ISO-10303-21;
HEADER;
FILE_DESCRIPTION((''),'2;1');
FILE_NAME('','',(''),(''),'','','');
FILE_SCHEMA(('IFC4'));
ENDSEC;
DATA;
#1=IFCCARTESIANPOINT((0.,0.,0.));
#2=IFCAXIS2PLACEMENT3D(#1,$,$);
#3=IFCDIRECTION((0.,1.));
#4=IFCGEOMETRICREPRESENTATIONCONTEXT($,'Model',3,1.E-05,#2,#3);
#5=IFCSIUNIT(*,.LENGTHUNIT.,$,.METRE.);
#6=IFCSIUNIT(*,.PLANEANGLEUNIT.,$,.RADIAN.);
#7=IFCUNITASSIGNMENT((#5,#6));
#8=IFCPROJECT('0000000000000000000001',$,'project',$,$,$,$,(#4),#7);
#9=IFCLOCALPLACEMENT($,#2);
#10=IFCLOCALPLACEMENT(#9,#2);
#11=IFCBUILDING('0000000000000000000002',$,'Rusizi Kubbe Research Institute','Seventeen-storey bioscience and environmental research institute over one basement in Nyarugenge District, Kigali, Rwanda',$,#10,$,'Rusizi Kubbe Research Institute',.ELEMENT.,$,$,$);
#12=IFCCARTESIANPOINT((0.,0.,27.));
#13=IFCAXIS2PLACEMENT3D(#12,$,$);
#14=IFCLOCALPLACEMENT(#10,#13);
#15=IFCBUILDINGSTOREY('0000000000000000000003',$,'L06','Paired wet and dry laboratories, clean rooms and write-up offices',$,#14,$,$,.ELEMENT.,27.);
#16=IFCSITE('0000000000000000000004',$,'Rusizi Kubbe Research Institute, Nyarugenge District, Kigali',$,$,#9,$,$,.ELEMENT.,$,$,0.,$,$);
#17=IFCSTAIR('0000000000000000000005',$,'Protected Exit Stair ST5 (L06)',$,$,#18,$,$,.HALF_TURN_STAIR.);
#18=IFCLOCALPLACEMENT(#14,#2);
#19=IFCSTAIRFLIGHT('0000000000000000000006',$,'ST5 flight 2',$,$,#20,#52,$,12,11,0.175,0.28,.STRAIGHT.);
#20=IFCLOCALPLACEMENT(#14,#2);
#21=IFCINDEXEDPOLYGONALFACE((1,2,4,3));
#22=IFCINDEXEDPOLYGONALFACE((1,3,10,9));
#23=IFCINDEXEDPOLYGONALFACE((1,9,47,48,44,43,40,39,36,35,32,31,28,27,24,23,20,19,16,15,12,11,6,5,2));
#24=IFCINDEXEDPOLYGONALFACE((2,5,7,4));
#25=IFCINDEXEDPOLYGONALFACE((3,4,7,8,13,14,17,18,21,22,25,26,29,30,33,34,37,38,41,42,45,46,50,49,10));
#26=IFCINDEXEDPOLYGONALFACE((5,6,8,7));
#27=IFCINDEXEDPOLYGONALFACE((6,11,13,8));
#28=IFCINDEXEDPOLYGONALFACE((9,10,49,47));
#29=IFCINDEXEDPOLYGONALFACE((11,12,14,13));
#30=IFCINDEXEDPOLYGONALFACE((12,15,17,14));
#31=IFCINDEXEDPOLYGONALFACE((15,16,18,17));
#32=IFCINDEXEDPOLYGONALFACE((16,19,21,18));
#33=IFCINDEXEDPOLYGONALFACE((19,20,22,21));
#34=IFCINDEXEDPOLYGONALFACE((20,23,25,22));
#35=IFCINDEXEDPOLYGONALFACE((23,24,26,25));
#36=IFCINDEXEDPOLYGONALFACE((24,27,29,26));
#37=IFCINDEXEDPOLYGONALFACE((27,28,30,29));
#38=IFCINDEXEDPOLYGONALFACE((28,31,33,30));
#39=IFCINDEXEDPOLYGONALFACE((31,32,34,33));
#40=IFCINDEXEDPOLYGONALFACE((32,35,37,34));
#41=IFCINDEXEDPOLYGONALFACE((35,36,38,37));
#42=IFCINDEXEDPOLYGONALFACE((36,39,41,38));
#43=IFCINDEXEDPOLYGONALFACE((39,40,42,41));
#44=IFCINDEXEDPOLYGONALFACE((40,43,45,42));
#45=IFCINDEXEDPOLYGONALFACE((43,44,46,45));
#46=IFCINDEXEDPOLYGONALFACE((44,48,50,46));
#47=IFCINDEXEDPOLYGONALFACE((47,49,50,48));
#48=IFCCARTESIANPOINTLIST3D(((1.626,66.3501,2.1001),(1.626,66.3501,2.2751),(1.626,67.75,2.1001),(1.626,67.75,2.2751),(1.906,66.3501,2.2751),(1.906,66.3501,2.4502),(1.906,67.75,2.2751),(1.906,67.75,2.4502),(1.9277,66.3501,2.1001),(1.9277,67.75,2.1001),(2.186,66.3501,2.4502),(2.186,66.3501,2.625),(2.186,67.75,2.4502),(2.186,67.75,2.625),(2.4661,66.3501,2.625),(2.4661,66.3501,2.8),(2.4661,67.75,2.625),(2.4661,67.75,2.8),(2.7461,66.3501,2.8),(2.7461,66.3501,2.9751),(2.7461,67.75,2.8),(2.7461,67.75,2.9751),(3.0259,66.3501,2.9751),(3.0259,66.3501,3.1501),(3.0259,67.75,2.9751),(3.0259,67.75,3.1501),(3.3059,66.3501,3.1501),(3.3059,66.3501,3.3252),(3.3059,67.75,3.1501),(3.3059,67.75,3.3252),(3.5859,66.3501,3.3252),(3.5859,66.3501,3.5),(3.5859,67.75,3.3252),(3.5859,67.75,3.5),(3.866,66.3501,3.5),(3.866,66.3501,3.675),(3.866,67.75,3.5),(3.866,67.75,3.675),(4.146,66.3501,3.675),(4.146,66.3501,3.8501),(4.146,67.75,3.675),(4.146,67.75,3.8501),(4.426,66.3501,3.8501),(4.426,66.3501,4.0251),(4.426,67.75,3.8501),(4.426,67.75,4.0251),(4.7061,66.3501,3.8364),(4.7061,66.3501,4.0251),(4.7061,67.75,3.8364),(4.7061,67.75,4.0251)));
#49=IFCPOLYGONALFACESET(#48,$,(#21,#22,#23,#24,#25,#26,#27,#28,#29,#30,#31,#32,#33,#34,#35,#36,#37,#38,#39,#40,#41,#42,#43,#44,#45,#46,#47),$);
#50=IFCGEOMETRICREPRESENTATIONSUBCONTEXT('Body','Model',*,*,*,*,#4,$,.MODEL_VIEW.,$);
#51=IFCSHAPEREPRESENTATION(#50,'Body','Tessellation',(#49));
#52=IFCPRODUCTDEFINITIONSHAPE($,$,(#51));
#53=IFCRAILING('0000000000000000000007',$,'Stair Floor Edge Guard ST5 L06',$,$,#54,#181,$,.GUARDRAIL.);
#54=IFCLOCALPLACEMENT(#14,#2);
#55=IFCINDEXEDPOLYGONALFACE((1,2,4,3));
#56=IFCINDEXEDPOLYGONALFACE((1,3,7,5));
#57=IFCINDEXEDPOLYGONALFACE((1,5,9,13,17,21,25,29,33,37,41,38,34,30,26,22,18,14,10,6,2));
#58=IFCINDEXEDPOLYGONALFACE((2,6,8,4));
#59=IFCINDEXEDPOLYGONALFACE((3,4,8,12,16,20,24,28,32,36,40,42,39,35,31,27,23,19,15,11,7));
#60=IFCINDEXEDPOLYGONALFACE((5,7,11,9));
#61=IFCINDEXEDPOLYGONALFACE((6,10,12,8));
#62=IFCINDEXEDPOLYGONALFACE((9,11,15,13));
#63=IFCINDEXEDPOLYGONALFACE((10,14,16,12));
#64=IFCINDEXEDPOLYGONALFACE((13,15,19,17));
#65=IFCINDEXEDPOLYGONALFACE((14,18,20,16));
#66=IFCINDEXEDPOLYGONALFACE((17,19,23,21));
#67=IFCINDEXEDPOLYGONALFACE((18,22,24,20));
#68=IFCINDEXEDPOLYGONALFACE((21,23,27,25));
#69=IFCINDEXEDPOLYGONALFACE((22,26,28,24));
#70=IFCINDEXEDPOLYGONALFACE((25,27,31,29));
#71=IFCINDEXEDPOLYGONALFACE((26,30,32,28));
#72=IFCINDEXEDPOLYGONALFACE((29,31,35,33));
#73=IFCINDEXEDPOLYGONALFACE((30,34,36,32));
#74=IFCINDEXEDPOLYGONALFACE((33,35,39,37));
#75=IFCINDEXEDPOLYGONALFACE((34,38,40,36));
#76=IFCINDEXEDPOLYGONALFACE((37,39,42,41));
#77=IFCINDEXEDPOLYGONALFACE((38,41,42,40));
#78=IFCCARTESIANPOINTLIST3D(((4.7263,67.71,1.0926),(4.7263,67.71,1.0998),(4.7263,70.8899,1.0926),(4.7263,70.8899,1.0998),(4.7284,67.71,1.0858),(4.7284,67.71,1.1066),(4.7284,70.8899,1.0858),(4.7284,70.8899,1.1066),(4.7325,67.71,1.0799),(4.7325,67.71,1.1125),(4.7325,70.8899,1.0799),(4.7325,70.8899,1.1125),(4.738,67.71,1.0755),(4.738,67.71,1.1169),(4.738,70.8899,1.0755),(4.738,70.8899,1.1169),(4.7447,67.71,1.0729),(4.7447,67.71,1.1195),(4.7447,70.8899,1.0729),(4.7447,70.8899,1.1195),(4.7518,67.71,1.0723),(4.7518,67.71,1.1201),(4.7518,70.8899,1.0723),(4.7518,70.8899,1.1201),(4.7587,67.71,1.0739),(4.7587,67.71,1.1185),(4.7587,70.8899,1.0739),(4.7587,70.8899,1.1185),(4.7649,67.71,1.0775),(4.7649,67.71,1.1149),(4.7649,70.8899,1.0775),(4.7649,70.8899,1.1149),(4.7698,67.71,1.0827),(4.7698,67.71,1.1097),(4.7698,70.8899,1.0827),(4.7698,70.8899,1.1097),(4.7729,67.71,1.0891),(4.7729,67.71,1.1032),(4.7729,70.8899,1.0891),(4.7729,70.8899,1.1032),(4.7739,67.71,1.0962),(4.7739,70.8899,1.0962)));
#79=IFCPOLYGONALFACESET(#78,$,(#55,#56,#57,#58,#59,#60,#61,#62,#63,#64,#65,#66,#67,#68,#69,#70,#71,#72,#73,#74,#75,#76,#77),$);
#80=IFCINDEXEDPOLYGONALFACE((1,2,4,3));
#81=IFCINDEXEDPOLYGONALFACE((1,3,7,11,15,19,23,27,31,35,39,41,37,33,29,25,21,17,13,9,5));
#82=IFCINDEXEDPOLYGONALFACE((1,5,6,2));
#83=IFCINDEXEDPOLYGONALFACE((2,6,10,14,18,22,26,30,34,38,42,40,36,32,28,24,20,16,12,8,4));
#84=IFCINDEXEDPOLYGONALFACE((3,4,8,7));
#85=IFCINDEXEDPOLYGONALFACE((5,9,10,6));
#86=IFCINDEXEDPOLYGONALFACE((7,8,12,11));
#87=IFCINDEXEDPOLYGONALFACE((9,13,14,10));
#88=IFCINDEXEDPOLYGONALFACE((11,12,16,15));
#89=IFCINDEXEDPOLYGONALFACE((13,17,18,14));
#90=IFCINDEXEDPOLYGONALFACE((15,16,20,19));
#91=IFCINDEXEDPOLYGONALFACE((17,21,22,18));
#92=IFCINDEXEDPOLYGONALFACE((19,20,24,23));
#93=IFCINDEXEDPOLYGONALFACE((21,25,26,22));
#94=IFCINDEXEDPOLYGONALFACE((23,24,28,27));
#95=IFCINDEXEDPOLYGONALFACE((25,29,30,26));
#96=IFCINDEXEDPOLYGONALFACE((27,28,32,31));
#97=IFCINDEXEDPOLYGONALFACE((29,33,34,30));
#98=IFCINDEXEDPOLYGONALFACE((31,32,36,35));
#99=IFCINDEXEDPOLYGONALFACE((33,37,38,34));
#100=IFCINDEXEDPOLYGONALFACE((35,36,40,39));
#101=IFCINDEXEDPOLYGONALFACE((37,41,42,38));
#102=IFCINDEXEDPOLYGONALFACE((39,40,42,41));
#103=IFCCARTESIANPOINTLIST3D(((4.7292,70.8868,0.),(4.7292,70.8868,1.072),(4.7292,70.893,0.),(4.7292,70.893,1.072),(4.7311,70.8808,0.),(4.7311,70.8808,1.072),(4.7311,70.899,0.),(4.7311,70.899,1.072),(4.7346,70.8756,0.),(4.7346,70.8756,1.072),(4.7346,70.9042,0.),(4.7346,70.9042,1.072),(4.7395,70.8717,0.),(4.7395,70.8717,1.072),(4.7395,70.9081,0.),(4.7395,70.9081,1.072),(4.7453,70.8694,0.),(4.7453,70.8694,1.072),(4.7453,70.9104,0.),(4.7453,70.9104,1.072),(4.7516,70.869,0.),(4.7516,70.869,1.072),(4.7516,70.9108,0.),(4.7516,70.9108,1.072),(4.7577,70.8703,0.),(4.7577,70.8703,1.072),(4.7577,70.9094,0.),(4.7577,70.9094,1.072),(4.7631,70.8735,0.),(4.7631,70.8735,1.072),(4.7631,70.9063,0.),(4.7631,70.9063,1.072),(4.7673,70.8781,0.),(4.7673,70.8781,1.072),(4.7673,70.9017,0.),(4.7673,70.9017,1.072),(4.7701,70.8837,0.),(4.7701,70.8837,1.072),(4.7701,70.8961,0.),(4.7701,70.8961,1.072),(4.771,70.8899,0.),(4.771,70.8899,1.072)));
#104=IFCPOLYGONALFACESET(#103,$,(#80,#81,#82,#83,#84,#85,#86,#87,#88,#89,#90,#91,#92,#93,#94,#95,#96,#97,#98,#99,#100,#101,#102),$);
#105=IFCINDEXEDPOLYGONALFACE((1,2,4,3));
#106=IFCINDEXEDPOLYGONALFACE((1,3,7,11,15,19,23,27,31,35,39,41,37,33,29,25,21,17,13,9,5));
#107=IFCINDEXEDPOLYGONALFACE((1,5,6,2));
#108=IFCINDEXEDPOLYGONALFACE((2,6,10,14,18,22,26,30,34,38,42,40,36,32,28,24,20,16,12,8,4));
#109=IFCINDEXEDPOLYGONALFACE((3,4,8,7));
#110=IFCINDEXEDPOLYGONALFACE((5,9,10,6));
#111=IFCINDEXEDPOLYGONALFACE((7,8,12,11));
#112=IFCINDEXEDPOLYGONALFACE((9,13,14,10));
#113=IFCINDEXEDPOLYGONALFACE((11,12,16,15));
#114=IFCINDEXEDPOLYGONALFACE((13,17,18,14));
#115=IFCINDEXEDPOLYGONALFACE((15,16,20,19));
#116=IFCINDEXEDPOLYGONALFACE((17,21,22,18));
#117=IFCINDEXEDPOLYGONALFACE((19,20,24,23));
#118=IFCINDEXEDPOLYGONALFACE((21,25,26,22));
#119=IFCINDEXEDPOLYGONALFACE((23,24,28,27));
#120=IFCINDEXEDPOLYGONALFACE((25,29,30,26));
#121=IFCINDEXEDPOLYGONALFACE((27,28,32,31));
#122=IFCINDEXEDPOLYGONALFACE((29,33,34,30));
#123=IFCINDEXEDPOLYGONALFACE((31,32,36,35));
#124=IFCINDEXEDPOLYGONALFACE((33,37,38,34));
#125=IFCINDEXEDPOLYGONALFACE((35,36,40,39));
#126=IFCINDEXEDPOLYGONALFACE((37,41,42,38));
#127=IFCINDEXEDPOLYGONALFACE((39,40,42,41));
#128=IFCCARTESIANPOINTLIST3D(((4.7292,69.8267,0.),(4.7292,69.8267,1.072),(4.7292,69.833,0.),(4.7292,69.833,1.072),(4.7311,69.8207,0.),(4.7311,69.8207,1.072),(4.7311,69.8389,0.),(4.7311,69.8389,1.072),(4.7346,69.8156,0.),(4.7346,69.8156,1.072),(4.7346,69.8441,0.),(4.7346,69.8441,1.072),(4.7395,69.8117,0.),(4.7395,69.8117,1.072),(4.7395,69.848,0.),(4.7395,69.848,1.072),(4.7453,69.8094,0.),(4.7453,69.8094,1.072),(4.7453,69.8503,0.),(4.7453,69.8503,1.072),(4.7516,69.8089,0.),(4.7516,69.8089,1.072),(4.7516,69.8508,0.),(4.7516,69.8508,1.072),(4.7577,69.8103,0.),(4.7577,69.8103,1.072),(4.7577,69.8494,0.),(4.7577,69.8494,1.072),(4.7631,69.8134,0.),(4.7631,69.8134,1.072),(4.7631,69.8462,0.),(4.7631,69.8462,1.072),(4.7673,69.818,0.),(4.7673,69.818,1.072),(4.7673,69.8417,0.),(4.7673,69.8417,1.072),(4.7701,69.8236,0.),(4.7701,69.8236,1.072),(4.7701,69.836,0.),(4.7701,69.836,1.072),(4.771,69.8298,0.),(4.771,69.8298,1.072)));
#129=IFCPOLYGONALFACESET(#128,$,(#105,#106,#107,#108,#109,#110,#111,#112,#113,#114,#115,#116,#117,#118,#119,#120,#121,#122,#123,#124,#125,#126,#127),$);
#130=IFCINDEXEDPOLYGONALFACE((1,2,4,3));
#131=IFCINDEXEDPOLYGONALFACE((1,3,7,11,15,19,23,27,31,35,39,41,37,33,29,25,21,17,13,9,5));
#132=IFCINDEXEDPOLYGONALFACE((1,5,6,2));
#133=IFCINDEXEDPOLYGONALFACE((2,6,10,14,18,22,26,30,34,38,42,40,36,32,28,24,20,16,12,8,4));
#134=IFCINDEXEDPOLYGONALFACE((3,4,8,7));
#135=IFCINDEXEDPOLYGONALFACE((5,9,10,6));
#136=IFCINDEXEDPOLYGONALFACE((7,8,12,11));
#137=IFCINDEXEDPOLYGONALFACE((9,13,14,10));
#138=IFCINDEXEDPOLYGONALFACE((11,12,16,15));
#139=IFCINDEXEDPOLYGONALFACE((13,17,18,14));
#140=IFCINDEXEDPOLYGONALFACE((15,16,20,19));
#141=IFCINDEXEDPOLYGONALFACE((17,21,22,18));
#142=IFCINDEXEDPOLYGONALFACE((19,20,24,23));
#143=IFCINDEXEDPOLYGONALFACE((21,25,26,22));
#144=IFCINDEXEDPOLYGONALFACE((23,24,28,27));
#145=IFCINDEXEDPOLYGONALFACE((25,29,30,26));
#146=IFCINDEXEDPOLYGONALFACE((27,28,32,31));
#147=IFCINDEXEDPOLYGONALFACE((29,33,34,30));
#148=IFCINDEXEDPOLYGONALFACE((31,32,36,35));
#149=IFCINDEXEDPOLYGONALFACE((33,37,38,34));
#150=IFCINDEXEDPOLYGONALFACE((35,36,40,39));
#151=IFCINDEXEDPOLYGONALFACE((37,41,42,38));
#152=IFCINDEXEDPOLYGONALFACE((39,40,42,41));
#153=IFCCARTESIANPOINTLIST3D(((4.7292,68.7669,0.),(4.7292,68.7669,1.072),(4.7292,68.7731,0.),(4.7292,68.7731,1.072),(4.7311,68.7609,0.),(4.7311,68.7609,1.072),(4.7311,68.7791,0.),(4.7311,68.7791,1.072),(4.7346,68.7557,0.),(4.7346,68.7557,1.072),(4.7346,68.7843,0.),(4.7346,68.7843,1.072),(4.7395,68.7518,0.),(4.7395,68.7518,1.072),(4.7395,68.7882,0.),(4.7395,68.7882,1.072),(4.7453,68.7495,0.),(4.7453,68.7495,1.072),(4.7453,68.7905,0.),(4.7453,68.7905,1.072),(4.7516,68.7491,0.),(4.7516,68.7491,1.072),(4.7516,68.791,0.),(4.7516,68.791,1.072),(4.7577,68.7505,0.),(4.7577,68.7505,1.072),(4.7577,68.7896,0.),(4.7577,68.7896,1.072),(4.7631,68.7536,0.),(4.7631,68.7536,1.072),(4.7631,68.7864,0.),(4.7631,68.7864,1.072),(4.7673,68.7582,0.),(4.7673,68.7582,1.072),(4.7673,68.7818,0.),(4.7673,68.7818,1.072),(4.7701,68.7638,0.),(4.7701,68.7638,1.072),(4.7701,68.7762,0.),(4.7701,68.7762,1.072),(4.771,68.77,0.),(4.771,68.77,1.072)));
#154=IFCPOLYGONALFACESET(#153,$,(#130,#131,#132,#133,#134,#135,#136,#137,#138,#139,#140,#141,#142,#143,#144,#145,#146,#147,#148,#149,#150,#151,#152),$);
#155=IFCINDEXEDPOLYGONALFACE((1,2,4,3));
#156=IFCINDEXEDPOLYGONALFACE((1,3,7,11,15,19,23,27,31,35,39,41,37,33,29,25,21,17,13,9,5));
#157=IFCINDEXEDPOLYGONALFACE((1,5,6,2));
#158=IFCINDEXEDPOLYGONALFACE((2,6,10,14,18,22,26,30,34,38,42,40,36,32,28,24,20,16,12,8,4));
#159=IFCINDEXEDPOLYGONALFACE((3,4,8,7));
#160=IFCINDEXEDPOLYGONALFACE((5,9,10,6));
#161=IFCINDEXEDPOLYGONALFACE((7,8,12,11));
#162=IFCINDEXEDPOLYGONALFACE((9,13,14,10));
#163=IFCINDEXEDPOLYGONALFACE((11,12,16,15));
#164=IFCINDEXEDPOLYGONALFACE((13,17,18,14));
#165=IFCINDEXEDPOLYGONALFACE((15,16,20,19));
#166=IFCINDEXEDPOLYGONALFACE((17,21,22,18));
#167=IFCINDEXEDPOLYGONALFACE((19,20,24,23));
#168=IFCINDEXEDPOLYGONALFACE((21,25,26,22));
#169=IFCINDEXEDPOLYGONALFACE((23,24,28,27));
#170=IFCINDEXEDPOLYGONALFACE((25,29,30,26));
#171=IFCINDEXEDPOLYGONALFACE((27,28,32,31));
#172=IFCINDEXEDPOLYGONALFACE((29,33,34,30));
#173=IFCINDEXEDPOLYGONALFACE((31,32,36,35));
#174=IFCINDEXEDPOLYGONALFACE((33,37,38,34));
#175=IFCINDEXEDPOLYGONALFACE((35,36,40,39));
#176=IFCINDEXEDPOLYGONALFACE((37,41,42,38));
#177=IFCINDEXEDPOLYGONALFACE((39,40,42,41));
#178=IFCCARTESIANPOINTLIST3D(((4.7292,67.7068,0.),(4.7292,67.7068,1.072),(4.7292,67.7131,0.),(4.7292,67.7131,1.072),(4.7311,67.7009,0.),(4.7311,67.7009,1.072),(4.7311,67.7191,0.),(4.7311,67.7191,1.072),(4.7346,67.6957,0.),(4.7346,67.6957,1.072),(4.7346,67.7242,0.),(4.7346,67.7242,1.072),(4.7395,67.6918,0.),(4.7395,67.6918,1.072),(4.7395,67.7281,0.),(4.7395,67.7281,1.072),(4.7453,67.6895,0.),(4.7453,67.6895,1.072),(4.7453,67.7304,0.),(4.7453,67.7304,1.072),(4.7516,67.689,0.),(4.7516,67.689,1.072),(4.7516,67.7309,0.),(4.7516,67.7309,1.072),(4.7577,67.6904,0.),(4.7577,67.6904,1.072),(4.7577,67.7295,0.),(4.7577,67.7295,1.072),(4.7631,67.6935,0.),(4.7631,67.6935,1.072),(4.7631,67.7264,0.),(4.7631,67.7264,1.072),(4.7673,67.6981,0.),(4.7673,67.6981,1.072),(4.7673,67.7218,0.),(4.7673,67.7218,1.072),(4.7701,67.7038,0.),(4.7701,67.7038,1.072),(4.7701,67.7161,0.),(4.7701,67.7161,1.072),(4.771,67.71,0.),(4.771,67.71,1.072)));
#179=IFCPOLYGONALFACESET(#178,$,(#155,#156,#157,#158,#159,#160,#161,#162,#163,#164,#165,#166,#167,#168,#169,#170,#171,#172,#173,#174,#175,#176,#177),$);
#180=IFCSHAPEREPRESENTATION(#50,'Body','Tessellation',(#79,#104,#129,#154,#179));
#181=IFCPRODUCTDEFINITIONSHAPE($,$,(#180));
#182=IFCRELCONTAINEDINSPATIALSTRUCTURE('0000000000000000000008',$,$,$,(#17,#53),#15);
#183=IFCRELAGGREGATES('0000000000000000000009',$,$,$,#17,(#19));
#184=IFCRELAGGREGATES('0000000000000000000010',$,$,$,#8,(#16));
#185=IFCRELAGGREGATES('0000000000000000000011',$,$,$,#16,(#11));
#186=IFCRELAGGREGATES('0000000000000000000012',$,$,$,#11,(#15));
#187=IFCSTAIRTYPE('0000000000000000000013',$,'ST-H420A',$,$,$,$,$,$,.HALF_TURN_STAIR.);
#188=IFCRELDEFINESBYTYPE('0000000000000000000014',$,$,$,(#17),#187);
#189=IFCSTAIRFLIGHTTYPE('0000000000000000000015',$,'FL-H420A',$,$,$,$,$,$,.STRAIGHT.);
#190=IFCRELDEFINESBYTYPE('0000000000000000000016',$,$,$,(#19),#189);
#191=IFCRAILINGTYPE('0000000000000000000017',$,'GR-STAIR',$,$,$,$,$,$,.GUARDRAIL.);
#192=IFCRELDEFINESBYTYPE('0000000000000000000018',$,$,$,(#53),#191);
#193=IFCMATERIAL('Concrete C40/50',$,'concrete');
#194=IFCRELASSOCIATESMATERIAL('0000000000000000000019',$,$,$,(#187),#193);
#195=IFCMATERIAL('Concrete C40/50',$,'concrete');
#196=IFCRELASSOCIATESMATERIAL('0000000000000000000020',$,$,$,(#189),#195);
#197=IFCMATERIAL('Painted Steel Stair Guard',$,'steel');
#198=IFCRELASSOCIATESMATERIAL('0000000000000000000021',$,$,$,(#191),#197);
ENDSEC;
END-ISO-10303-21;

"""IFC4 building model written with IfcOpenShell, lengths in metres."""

from ifc_helpers import new_model, si_unit, direction, frame, origin, origin_2d, place, context, subcontext, project, spatial, polyline, circle, outline, extrude, material, type_object, element, aggregate, save


model = new_model("IFC4")

# Units and contexts
model_context = context("Model", 3, precision=1e-05, world=origin(), true_north=direction((0.0, 1.0)))
body_context = subcontext(model_context, "Body", "Model", "MODEL_VIEW")
ifc_project = project(units=[si_unit("LENGTHUNIT", "METRE"), si_unit("PLANEANGLEUNIT", "RADIAN")], contexts=[model_context])

# Site, building, storey
site_placement = place(None, origin())
site = spatial("IfcSite", under=ifc_project, at=site_placement, Name="Rusizi Kubbe Research Institute, Nyarugenge District, Kigali", CompositionType="ELEMENT", RefElevation=0.0)
building_placement = place(site_placement, origin())
building = spatial("IfcBuilding", under=site, at=building_placement, Name="Rusizi Kubbe Research Institute", Description="Seventeen-storey bioscience and environmental research institute over one basement in Nyarugenge District, Kigali, Rwanda", LongName="Rusizi Kubbe Research Institute", CompositionType="ELEMENT")
storey_placement = place(building_placement, frame((0.0, 0.0, 27.0)))
storey = spatial("IfcBuildingStorey", under=building, at=storey_placement, Name="L06", Description="Paired wet and dry laboratories, clean rooms and write-up offices", CompositionType="ELEMENT", Elevation=27.0)

# Stair, stair flight
ifc_material_1 = material(Name="Concrete C40/50", Category="concrete")
stair_type = type_object("IfcStairType", Name="ST-H420A", PredefinedType="HALF_TURN_STAIR", material=ifc_material_1)
stair_placement = place(storey_placement, origin())
stair = element("IfcStair", 1, at=stair_placement, inside=storey, type_object=stair_type, Name="Protected Exit Stair ST5 (L06)", PredefinedType="HALF_TURN_STAIR")
ifc_material_2 = material(Name="Concrete C40/50", Category="concrete")
stair_flight_type = type_object("IfcStairFlightType", Name="FL-H420A", PredefinedType="STRAIGHT", material=ifc_material_2)
stair_flight_1_placement = place(storey_placement, frame((1.626, 67.05, 2.1001), z_axis=(0.0, 0.0, 1.0), x_axis=(1.0, 0.0, 0.0)))
stair_flight_1 = element("IfcStairFlight", 2, at=stair_flight_1_placement, type_object=stair_flight_type, Name="ST5 flight 2", NumberOfRisers=12, NumberOfTreads=11, PredefinedType="STRAIGHT", RiserHeight=0.175, TreadLength=0.28, context=body_context, shape_type="SweptSolid", body=[
    extrude(outline(polyline([(0.0, 0.0), (0.0, 0.175), (0.28, 0.175), (0.28, 0.3501), (0.5601, 0.3501), (0.5601, 0.5249), (0.8401, 0.5249), (0.8401, 0.7), (1.1201, 0.7), (1.1201, 0.875), (1.3999, 0.875), (1.3999, 1.05), (1.6799, 1.05), (1.6799, 1.2251), (1.96, 1.2251), (1.96, 1.3999), (2.24, 1.3999), (2.24, 1.575), (2.52, 1.575), (2.52, 1.75), (2.8, 1.75), (2.8, 1.925), (3.0801, 1.925), (3.0801, 2.1001), (3.0801, 1.7363), (0.3018, 0.0), (0.0, 0.0)])), frame((0.0, 0.7, 0.0), z_axis=(0.0, -1.0, 0.0), x_axis=(1.0, 0.0, 0.0)), (0.0, 0.0, 1.0), 1.3999),
])
aggregate(stair, [stair_flight_1])

# Railing
ifc_material_3 = material(Name="Painted Steel Stair Guard", Category="steel")
railing_type_1 = type_object("IfcRailingType", Name="GR-STAIR", PredefinedType="GUARDRAIL", material=ifc_material_3)
railing_1_placement = place(storey_placement, frame((4.75, 70.8899, 0.0)))
element("IfcRailing", 3, at=railing_1_placement, inside=storey, type_object=railing_type_1, Name="Stair Floor Edge Guard ST5 L06", PredefinedType="GUARDRAIL", context=body_context, shape_type="SweptSolid", body=[
    extrude(circle(Radius=0.0239, at=origin_2d()), frame((0.0, 0.0, 1.0962), z_axis=(0.0, -1.0, 0.0), x_axis=(1.0, 0.0, 0.0)), (0.0, 0.0, 1.0), 3.1799),
    extrude(circle(Radius=0.021, at=origin_2d()), origin(), (0.0, 0.0, 1.0), 1.072),
    extrude(circle(Radius=0.021, at=origin_2d()), frame((0.0, -1.0601, 0.0)), (0.0, 0.0, 1.0), 1.072),
    extrude(circle(Radius=0.021, at=origin_2d()), frame((0.0, -2.1199, 0.0)), (0.0, 0.0, 1.0), 1.072),
    extrude(circle(Radius=0.021, at=origin_2d()), frame((0.0, -3.1799, 0.0)), (0.0, 0.0, 1.0), 1.072),
])

save(model, "model.ifc")
